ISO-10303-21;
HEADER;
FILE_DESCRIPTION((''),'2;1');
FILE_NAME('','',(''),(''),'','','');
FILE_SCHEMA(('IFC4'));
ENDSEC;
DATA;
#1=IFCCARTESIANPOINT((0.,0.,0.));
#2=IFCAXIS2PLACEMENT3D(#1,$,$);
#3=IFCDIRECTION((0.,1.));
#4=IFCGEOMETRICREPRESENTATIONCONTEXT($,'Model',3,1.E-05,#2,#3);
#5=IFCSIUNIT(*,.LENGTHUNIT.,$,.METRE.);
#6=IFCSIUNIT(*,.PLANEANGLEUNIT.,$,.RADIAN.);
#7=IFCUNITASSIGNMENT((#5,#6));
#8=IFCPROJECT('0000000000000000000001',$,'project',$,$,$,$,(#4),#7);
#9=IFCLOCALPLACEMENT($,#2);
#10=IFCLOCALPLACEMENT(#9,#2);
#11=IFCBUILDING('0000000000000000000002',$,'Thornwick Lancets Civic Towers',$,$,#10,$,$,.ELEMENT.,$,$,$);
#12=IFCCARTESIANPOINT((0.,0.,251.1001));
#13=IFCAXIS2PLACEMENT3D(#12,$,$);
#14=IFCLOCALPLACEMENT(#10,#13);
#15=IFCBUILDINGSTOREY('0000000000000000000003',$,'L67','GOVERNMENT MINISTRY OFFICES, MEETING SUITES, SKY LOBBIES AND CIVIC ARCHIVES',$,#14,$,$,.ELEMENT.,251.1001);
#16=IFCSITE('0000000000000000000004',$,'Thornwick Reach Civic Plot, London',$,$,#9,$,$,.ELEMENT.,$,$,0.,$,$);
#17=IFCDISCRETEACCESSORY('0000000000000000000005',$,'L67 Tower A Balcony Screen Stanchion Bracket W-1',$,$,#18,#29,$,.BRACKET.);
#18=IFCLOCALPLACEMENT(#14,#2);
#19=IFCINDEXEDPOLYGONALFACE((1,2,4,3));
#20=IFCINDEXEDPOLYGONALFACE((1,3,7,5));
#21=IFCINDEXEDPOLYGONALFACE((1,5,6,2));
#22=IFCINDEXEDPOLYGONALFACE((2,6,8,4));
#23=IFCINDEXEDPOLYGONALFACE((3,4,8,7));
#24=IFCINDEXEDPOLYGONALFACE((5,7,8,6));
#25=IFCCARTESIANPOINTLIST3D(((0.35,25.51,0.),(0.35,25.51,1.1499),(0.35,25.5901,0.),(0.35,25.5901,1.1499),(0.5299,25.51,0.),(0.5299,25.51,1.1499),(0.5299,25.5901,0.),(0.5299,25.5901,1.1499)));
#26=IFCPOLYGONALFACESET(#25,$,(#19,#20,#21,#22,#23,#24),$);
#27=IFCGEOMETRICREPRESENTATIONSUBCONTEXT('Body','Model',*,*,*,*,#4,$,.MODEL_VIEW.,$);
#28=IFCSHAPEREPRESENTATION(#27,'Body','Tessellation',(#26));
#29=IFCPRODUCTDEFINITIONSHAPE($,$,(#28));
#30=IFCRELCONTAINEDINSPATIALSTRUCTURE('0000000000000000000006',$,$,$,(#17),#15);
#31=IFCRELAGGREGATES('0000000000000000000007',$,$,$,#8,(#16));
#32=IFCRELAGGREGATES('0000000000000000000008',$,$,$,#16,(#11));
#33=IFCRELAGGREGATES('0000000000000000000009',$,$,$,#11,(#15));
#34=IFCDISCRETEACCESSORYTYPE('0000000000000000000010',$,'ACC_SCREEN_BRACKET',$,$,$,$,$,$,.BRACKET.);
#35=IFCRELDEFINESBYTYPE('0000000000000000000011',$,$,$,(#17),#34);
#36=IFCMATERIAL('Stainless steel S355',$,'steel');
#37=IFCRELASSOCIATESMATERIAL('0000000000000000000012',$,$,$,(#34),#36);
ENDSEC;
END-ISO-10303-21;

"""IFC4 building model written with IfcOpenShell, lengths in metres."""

from ifc_helpers import new_model, si_unit, direction, frame, origin, origin_2d, place, context, subcontext, project, spatial, rectangle, extrude, material, type_object, element, save


model = new_model("IFC4")

# Units and contexts
model_context = context("Model", 3, precision=1e-05, world=origin(), true_north=direction((0.0, 1.0)))
body_context = subcontext(model_context, "Body", "Model", "MODEL_VIEW")
ifc_project = project(units=[si_unit("LENGTHUNIT", "METRE"), si_unit("PLANEANGLEUNIT", "RADIAN")], contexts=[model_context])

# Site, building, storey
site_placement = place(None, origin())
site = spatial("IfcSite", under=ifc_project, at=site_placement, Name="Thornwick Reach Civic Plot, London", CompositionType="ELEMENT", RefElevation=0.0)
building_placement = place(site_placement, origin())
building = spatial("IfcBuilding", under=site, at=building_placement, Name="Thornwick Lancets Civic Towers", CompositionType="ELEMENT")
storey_placement = place(building_placement, frame((0.0, 0.0, 251.1001)))
storey = spatial("IfcBuildingStorey", under=building, at=storey_placement, Name="L67", Description="GOVERNMENT MINISTRY OFFICES, MEETING SUITES, SKY LOBBIES AND CIVIC ARCHIVES", CompositionType="ELEMENT", Elevation=251.1001)

# Discrete accessory
ifc_material_1 = material(Name="Stainless steel S355", Category="steel")
discrete_accessory_type_1 = type_object("IfcDiscreteAccessoryType", Name="ACC_SCREEN_BRACKET", PredefinedType="BRACKET", material=ifc_material_1)
discrete_accessory_1_placement = place(storey_placement, frame((0.4399, 25.55, 0.0), z_axis=(0.0, 0.0, 1.0), x_axis=(0.0, 1.0, 0.0)))
element("IfcDiscreteAccessory", 1, at=discrete_accessory_1_placement, inside=storey, type_object=discrete_accessory_type_1, Name="L67 Tower A Balcony Screen Stanchion Bracket W-1", PredefinedType="BRACKET", context=body_context, shape_type="SweptSolid", body=[
    extrude(rectangle(XDim=0.0801, YDim=0.1799, at=origin_2d()), origin(), (0.0, 0.0, 1.0), 1.1499),
])

save(model, "model.ifc")
